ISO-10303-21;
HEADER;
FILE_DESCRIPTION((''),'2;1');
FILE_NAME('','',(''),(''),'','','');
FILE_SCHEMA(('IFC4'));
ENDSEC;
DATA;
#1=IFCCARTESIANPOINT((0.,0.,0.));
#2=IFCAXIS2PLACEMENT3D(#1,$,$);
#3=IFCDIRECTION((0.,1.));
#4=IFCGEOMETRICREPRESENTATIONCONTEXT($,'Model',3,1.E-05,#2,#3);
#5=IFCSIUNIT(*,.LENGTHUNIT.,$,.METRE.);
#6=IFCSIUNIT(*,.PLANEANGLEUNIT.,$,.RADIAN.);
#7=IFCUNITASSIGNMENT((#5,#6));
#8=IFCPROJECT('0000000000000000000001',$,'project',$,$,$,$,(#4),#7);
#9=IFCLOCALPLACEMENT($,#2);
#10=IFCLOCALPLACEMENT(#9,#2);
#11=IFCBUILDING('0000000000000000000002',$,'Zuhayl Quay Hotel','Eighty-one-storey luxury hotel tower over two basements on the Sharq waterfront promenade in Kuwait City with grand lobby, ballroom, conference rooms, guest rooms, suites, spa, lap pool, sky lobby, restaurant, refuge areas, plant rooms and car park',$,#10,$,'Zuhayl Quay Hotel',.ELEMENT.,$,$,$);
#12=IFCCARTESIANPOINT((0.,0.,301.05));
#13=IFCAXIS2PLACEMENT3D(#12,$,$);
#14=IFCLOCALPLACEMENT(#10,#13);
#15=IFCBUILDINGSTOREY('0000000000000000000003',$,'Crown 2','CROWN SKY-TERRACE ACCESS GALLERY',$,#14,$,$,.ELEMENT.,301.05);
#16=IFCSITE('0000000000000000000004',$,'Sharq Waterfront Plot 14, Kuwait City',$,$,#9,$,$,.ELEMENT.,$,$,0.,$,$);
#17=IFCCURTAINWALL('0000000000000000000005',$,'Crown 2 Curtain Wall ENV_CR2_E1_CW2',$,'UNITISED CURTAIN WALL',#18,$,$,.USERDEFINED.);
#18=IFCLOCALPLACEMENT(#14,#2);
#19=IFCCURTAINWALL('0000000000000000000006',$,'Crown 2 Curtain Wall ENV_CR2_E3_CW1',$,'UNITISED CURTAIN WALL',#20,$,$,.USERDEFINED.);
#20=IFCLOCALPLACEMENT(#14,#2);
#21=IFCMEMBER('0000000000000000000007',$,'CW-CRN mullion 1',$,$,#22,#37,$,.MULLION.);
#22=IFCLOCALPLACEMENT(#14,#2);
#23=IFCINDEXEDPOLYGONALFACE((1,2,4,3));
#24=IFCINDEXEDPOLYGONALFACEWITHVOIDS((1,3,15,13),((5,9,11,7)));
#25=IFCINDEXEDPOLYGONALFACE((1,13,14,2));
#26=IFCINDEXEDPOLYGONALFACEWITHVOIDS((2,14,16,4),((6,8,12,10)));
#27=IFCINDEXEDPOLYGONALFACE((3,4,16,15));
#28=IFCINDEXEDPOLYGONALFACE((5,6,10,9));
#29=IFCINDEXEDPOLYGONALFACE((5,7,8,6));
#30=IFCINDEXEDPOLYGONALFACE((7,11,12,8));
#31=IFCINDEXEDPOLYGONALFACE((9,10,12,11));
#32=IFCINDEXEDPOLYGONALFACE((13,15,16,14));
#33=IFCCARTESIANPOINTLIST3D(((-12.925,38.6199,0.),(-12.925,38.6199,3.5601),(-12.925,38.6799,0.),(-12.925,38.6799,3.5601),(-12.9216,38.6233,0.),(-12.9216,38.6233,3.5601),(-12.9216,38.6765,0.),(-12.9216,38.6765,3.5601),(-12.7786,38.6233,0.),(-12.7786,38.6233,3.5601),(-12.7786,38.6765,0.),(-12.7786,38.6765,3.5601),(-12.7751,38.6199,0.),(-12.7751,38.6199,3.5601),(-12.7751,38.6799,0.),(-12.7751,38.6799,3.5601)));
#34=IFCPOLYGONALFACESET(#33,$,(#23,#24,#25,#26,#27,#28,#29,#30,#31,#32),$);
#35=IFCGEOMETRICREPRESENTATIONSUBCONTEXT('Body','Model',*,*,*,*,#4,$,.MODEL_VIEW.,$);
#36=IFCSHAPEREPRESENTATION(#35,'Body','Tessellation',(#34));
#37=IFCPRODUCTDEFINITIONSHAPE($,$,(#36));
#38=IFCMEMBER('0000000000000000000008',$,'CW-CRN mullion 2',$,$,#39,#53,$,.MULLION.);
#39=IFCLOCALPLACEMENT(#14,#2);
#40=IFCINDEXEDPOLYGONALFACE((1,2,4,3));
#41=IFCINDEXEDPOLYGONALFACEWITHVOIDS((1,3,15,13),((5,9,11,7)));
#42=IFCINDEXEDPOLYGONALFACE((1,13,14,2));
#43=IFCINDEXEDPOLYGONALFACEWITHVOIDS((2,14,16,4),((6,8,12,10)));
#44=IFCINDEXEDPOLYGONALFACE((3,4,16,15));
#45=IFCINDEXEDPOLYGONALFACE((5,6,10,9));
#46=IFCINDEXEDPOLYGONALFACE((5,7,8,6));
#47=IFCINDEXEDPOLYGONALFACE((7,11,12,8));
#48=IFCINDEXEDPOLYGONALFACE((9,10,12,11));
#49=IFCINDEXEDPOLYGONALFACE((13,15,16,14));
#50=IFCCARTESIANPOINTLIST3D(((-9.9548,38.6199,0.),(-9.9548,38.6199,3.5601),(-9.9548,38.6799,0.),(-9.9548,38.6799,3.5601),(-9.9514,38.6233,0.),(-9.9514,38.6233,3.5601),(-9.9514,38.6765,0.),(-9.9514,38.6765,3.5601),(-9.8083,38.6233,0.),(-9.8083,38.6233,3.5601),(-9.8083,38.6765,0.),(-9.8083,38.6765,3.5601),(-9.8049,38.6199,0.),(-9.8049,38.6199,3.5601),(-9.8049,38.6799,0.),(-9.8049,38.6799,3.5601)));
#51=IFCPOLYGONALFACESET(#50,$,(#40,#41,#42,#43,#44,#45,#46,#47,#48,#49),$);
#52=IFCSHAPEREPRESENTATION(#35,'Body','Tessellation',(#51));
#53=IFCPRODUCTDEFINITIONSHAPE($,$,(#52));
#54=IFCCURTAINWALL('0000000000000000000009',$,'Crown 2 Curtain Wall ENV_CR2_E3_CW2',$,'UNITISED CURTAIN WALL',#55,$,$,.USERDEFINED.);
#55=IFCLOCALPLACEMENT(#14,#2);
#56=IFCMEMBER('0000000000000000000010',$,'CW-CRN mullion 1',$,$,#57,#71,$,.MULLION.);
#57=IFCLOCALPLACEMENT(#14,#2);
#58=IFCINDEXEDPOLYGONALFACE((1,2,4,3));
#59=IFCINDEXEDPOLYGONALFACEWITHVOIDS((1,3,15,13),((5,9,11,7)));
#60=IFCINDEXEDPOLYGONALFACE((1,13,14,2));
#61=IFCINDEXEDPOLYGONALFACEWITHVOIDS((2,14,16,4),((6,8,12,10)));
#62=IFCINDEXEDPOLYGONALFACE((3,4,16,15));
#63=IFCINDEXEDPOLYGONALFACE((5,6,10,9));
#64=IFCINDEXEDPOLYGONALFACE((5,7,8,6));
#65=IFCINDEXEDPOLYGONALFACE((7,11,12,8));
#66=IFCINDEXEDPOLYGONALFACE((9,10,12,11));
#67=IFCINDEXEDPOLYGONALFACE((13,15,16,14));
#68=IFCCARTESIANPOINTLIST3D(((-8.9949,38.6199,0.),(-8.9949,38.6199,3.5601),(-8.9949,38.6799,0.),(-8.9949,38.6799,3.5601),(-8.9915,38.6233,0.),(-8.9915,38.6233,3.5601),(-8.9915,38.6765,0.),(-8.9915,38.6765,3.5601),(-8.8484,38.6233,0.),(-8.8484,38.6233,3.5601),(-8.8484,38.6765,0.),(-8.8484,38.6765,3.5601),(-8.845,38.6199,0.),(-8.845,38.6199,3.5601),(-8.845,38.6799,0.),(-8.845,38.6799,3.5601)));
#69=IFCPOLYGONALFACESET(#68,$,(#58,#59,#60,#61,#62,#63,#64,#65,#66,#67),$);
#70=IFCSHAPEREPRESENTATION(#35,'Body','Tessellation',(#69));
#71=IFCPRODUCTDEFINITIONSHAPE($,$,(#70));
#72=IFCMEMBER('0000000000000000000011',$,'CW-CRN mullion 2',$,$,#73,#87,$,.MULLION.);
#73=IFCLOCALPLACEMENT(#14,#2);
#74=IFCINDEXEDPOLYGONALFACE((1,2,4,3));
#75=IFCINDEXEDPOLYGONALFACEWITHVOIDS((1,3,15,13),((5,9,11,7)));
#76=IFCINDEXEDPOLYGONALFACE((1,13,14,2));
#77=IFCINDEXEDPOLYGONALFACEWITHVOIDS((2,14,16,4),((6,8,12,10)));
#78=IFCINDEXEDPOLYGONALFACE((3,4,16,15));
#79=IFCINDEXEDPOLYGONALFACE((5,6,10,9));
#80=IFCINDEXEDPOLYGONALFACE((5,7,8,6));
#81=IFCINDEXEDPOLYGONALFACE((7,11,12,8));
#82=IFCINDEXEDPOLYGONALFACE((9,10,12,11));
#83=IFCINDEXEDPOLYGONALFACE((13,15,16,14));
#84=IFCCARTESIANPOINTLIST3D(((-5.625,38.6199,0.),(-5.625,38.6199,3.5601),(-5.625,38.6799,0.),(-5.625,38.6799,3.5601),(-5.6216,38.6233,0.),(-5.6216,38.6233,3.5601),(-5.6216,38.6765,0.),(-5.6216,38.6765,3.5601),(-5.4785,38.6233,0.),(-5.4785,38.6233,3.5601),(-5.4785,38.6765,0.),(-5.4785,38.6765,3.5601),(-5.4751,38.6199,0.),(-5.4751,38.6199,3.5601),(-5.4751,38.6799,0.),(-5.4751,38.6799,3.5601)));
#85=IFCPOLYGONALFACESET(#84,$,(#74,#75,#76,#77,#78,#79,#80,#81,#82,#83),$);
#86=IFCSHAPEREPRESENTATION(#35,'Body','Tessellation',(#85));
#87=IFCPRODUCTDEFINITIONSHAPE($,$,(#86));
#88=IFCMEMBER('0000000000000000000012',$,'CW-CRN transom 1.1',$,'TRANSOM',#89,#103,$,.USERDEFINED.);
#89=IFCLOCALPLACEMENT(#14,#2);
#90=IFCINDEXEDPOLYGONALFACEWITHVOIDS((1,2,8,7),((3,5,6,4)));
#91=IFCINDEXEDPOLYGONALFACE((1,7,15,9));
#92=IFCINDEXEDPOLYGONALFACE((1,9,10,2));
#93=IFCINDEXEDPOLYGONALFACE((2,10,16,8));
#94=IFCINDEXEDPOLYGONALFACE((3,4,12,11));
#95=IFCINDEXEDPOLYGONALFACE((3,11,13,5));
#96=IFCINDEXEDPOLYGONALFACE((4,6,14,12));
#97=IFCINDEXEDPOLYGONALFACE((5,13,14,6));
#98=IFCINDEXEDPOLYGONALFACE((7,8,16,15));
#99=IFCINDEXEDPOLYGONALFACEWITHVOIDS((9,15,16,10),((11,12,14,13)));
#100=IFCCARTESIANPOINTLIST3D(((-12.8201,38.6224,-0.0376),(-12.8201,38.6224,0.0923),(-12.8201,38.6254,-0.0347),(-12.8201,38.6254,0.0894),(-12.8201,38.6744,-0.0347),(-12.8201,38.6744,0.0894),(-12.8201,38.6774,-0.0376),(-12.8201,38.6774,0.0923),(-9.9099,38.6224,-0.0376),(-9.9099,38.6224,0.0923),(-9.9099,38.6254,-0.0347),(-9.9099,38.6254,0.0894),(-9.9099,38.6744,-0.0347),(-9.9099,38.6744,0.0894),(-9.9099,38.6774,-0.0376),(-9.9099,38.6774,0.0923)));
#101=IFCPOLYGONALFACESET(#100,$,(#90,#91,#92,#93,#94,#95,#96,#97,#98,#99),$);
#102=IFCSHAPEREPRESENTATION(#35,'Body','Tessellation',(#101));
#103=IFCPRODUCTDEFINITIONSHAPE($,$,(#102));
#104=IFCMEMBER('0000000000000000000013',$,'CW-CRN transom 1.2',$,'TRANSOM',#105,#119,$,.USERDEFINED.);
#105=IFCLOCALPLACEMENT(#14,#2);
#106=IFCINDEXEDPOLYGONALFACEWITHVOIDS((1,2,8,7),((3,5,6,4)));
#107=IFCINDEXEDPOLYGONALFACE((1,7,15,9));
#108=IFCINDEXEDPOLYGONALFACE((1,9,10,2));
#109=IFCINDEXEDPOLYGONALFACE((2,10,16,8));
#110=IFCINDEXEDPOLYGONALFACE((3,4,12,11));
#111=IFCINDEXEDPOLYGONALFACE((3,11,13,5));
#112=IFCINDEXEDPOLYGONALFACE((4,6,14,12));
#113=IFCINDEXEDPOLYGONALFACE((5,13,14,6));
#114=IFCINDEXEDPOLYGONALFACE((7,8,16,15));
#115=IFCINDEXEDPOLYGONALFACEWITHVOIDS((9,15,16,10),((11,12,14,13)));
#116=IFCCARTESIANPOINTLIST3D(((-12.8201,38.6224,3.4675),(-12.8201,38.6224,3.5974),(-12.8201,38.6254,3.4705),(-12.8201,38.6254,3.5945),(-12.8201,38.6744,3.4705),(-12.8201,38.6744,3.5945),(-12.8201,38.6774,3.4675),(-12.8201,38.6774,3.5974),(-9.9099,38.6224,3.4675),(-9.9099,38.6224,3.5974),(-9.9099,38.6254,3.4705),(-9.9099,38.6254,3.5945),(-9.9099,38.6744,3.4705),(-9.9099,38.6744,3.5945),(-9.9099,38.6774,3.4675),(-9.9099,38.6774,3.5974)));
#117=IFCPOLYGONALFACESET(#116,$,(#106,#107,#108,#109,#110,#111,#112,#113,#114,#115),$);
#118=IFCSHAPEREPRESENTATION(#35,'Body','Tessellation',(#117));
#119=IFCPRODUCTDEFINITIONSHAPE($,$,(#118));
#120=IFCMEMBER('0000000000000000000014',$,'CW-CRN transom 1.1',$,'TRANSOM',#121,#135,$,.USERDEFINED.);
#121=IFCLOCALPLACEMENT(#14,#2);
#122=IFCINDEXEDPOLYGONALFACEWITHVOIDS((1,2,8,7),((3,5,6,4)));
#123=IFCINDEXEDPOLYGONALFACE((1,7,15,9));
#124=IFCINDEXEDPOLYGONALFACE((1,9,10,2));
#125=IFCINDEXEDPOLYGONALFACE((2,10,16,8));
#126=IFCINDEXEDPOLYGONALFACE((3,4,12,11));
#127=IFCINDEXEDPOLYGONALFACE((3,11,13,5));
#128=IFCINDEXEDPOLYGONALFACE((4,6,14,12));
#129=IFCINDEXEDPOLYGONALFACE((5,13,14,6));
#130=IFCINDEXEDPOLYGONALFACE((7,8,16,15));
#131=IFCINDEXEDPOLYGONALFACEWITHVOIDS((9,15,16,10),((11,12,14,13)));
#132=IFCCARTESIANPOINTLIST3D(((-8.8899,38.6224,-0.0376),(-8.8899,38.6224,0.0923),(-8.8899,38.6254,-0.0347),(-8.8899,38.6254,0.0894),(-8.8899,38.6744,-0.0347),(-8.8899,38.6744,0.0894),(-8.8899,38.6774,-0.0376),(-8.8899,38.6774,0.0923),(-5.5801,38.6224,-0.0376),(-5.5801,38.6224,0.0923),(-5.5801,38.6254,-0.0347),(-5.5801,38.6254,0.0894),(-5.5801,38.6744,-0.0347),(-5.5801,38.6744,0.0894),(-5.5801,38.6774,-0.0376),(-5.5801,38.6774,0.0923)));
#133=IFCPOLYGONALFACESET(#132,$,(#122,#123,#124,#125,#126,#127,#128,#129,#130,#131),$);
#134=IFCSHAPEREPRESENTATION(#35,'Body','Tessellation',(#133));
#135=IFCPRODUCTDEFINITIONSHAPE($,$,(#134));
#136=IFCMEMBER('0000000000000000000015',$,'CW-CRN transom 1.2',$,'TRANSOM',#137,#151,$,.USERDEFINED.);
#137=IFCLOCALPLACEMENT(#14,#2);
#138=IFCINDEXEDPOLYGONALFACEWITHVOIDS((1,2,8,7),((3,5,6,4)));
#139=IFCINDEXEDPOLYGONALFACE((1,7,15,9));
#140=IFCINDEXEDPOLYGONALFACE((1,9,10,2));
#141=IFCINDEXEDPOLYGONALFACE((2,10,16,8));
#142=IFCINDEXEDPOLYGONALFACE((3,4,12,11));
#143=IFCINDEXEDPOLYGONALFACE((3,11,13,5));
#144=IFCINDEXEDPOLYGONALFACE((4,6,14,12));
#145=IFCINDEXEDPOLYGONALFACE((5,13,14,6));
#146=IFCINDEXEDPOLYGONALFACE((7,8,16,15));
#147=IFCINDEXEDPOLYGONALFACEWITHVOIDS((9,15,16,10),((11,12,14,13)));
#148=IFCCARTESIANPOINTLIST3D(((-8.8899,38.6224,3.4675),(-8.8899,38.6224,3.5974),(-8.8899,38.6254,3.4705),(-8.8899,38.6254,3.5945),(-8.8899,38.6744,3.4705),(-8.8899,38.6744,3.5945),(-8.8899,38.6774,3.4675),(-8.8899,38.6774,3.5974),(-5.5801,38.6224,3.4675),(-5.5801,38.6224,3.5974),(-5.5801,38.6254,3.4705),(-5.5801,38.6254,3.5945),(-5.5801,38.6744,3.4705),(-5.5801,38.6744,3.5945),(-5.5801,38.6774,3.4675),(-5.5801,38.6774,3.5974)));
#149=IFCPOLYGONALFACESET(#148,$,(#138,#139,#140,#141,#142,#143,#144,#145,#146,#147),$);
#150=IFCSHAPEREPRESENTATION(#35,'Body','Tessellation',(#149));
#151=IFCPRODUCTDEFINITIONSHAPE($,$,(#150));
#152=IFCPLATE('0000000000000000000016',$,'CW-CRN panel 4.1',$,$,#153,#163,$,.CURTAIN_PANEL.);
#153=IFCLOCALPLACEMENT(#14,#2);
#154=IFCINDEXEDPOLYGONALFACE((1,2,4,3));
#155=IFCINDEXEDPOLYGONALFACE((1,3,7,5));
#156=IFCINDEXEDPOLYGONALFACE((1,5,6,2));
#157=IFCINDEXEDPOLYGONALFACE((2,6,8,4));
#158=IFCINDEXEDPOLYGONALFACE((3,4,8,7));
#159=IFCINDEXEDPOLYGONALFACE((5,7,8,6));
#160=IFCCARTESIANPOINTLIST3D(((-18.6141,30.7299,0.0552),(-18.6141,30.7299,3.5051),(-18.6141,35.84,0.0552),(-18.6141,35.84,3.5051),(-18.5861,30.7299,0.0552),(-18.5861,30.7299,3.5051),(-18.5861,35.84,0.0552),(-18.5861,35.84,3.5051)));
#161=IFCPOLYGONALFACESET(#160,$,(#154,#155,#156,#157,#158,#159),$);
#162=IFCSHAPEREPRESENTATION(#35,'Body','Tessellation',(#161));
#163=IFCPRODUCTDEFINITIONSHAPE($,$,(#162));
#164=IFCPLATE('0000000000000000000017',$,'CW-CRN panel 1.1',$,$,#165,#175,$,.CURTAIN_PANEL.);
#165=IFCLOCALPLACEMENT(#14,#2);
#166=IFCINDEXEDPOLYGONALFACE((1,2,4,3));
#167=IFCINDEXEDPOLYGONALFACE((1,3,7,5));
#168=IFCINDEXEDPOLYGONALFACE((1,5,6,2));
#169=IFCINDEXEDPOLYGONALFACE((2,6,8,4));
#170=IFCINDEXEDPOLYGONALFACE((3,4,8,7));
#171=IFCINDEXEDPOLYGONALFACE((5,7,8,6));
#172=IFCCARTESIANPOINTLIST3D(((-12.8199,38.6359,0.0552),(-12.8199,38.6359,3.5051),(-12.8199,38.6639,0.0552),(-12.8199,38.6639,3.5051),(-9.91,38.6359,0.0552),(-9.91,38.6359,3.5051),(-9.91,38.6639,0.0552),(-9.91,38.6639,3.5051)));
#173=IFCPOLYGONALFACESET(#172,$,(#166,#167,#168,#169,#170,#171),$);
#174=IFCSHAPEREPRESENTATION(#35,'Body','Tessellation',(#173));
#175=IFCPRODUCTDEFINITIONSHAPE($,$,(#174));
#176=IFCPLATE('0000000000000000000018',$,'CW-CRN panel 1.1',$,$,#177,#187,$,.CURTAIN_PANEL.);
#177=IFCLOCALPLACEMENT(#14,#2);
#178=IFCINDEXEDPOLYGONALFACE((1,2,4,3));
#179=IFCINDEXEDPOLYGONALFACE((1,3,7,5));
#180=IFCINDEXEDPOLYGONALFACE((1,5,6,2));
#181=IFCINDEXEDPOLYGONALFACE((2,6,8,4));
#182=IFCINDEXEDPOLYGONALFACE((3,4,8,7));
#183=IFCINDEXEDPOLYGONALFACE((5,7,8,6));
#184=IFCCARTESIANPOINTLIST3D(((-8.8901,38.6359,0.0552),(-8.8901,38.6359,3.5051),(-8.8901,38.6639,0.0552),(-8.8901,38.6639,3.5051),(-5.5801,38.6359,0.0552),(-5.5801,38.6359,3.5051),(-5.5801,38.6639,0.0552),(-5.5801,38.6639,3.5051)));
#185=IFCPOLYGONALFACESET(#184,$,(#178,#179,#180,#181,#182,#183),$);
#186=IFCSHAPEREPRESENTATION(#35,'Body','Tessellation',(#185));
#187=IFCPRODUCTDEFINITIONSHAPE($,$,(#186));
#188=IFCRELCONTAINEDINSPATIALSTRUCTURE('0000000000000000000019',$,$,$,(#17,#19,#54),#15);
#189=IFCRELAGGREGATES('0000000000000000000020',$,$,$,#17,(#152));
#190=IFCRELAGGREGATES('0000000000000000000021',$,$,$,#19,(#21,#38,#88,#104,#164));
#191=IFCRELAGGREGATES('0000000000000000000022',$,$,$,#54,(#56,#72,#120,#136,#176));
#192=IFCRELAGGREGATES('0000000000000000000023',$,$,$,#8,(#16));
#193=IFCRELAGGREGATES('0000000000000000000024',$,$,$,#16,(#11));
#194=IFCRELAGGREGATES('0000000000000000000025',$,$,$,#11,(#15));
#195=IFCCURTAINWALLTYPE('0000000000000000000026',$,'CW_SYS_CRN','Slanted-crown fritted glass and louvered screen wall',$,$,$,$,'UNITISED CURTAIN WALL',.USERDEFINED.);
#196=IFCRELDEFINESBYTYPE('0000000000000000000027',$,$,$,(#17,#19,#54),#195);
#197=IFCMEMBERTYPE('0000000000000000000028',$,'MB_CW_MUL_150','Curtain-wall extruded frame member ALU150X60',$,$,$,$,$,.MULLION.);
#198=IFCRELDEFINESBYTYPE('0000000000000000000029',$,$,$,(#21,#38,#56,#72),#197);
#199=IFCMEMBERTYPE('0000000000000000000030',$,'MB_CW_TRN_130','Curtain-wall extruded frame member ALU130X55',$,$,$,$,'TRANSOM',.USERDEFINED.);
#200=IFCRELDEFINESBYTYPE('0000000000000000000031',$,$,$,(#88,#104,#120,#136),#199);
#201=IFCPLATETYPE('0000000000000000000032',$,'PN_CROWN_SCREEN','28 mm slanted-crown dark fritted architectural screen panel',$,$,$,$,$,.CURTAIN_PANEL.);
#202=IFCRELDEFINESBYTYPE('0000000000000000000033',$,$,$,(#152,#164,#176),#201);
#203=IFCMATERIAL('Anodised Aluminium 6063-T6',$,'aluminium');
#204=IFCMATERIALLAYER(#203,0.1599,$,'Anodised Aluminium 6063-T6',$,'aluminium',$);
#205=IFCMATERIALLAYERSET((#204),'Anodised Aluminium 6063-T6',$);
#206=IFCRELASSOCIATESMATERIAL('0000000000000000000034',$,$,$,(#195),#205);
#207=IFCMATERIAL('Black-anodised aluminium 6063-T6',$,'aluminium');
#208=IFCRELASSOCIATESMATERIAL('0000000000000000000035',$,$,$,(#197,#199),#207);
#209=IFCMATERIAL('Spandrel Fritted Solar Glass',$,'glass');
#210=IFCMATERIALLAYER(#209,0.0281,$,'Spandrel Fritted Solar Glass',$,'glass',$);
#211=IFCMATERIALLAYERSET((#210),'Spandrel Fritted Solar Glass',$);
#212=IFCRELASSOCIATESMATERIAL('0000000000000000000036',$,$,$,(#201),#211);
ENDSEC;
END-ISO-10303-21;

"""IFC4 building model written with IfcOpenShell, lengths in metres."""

from ifc_helpers import new_model, si_unit, direction, frame, origin, origin_2d, place, context, subcontext, project, spatial, rectangle, hollow_rectangle, extrude, material, layer, layer_set, material_profile, profile_set, type_object, element, aggregate, save


model = new_model("IFC4")

# Units and contexts
model_context = context("Model", 3, precision=1e-05, world=origin(), true_north=direction((0.0, 1.0)))
body_context = subcontext(model_context, "Body", "Model", "MODEL_VIEW")
ifc_project = project(units=[si_unit("LENGTHUNIT", "METRE"), si_unit("PLANEANGLEUNIT", "RADIAN")], contexts=[model_context])

# Site, building, storey
site_placement = place(None, origin())
site = spatial("IfcSite", under=ifc_project, at=site_placement, Name="Sharq Waterfront Plot 14, Kuwait City", CompositionType="ELEMENT", RefElevation=0.0)
building_placement = place(site_placement, origin())
building = spatial("IfcBuilding", under=site, at=building_placement, Name="Zuhayl Quay Hotel", Description="Eighty-one-storey luxury hotel tower over two basements on the Sharq waterfront promenade in Kuwait City with grand lobby, ballroom, conference rooms, guest rooms, suites, spa, lap pool, sky lobby, restaurant, refuge areas, plant rooms and car park", LongName="Zuhayl Quay Hotel", CompositionType="ELEMENT")
storey_placement = place(building_placement, frame((0.0, 0.0, 301.05)))
storey = spatial("IfcBuildingStorey", under=building, at=storey_placement, Name="Crown 2", Description="CROWN SKY-TERRACE ACCESS GALLERY", CompositionType="ELEMENT", Elevation=301.05)

# Curtain wall
ifc_material_1 = material(Name="Anodised Aluminium 6063-T6", Category="aluminium")
ifc_layer_1 = layer(ifc_material_1, 0.1599, Name="Anodised Aluminium 6063-T6", Category="aluminium")
ifc_layer_set_1 = layer_set([ifc_layer_1], Name="Anodised Aluminium 6063-T6")
curtain_wall_type = type_object("IfcCurtainWallType", Name="CW_SYS_CRN", Description="Slanted-crown fritted glass and louvered screen wall", ElementType="UNITISED CURTAIN WALL", PredefinedType="USERDEFINED", material=ifc_layer_set_1)
curtain_wall_1_placement = place(storey_placement, origin())
curtain_wall_1 = element("IfcCurtainWall", 1, at=curtain_wall_1_placement, inside=storey, type_object=curtain_wall_type, Name="Crown 2 Curtain Wall ENV_CR2_E1_CW2", ObjectType="UNITISED CURTAIN WALL", PredefinedType="USERDEFINED")
ifc_material_2 = material(Name="Black-anodised aluminium 6063-T6", Category="aluminium")
ifc_material_profile_1 = material_profile(ifc_material_2, hollow_rectangle(XDim=0.0601, YDim=0.1499, WallThickness=0.0034, at=origin_2d()), Name="ALU150X60")
ifc_profile_set_1 = profile_set([ifc_material_profile_1], Name="Black-anodised aluminium 6063-T6")
member_type_1 = type_object("IfcMemberType", Name="MB_CW_MUL_150", Description="Curtain-wall extruded frame member ALU150X60", PredefinedType="MULLION", material=ifc_profile_set_1)

# Curtain walls, members
curtain_wall_2_placement = place(storey_placement, origin())
curtain_wall_2 = element("IfcCurtainWall", 2, at=curtain_wall_2_placement, inside=storey, type_object=curtain_wall_type, Name="Crown 2 Curtain Wall ENV_CR2_E3_CW1", ObjectType="UNITISED CURTAIN WALL", PredefinedType="USERDEFINED")
member_1_placement = place(storey_placement, frame((-12.8501, 38.6499, 0.0), z_axis=(0.0, 0.0, 1.0), x_axis=(0.0, 1.0, 0.0)))
member_1 = element("IfcMember", 3, at=member_1_placement, type_object=member_type_1, Name="CW-CRN mullion 1", PredefinedType="MULLION", context=body_context, shape_type="SweptSolid", body=[
    extrude(hollow_rectangle(XDim=0.0601, YDim=0.1499, WallThickness=0.0034, at=origin_2d()), origin(), (0.0, 0.0, 1.0), 3.5601),
])
member_2_placement = place(storey_placement, frame((-9.8799, 38.6499, 0.0), z_axis=(0.0, 0.0, 1.0), x_axis=(0.0, 1.0, 0.0)))
member_2 = element("IfcMember", 4, at=member_2_placement, type_object=member_type_1, Name="CW-CRN mullion 2", PredefinedType="MULLION", context=body_context, shape_type="SweptSolid", body=[
    extrude(hollow_rectangle(XDim=0.0601, YDim=0.1499, WallThickness=0.0034, at=origin_2d()), origin(), (0.0, 0.0, 1.0), 3.5601),
])
curtain_wall_3_placement = place(storey_placement, origin())
curtain_wall_3 = element("IfcCurtainWall", 5, at=curtain_wall_3_placement, inside=storey, type_object=curtain_wall_type, Name="Crown 2 Curtain Wall ENV_CR2_E3_CW2", ObjectType="UNITISED CURTAIN WALL", PredefinedType="USERDEFINED")
member_3_placement = place(storey_placement, frame((-8.9199, 38.6499, 0.0), z_axis=(0.0, 0.0, 1.0), x_axis=(0.0, 1.0, 0.0)))
member_3 = element("IfcMember", 6, at=member_3_placement, type_object=member_type_1, Name="CW-CRN mullion 1", PredefinedType="MULLION", context=body_context, shape_type="SweptSolid", body=[
    extrude(hollow_rectangle(XDim=0.0601, YDim=0.1499, WallThickness=0.0034, at=origin_2d()), origin(), (0.0, 0.0, 1.0), 3.5601),
])
member_4_placement = place(storey_placement, frame((-5.55, 38.6499, 0.0), z_axis=(0.0, 0.0, 1.0), x_axis=(0.0, 1.0, 0.0)))
member_4 = element("IfcMember", 7, at=member_4_placement, type_object=member_type_1, Name="CW-CRN mullion 2", PredefinedType="MULLION", context=body_context, shape_type="SweptSolid", body=[
    extrude(hollow_rectangle(XDim=0.0601, YDim=0.1499, WallThickness=0.0034, at=origin_2d()), origin(), (0.0, 0.0, 1.0), 3.5601),
])

# Members
ifc_material_profile_2 = material_profile(ifc_material_2, hollow_rectangle(XDim=0.0549, YDim=0.1299, WallThickness=0.0029, at=origin_2d()), Name="ALU130X55")
ifc_profile_set_2 = profile_set([ifc_material_profile_2], Name="Black-anodised aluminium 6063-T6")
member_type_2 = type_object("IfcMemberType", Name="MB_CW_TRN_130", Description="Curtain-wall extruded frame member ALU130X55", ElementType="TRANSOM", PredefinedType="USERDEFINED", material=ifc_profile_set_2)
member_5_placement = place(storey_placement, frame((-12.8201, 38.6499, 0.0273), z_axis=(1.0, 0.0, 0.0), x_axis=(0.0, 1.0, 0.0)))
member_5 = element("IfcMember", 8, at=member_5_placement, type_object=member_type_2, Name="CW-CRN transom 1.1", ObjectType="TRANSOM", PredefinedType="USERDEFINED", context=body_context, shape_type="SweptSolid", body=[
    extrude(hollow_rectangle(XDim=0.0549, YDim=0.1299, WallThickness=0.0029, at=origin_2d()), origin(), (0.0, 0.0, 1.0), 2.9102),
])
member_6_placement = place(storey_placement, frame((-12.8201, 38.6499, 3.5325), z_axis=(1.0, 0.0, 0.0), x_axis=(0.0, 1.0, 0.0)))
member_6 = element("IfcMember", 9, at=member_6_placement, type_object=member_type_2, Name="CW-CRN transom 1.2", ObjectType="TRANSOM", PredefinedType="USERDEFINED", context=body_context, shape_type="SweptSolid", body=[
    extrude(hollow_rectangle(XDim=0.0549, YDim=0.1299, WallThickness=0.0029, at=origin_2d()), origin(), (0.0, 0.0, 1.0), 2.9102),
])
member_7_placement = place(storey_placement, frame((-8.8899, 38.6499, 0.0273), z_axis=(1.0, 0.0, 0.0), x_axis=(0.0, 1.0, 0.0)))
member_7 = element("IfcMember", 10, at=member_7_placement, type_object=member_type_2, Name="CW-CRN transom 1.1", ObjectType="TRANSOM", PredefinedType="USERDEFINED", context=body_context, shape_type="SweptSolid", body=[
    extrude(hollow_rectangle(XDim=0.0549, YDim=0.1299, WallThickness=0.0029, at=origin_2d()), origin(), (0.0, 0.0, 1.0), 3.3098),
])
member_8_placement = place(storey_placement, frame((-8.8899, 38.6499, 3.5325), z_axis=(1.0, 0.0, 0.0), x_axis=(0.0, 1.0, 0.0)))
member_8 = element("IfcMember", 11, at=member_8_placement, type_object=member_type_2, Name="CW-CRN transom 1.2", ObjectType="TRANSOM", PredefinedType="USERDEFINED", context=body_context, shape_type="SweptSolid", body=[
    extrude(hollow_rectangle(XDim=0.0549, YDim=0.1299, WallThickness=0.0029, at=origin_2d()), origin(), (0.0, 0.0, 1.0), 3.3098),
])

# Plates
ifc_material_3 = material(Name="Spandrel Fritted Solar Glass", Category="glass")
ifc_layer_2 = layer(ifc_material_3, 0.0281, Name="Spandrel Fritted Solar Glass", Category="glass")
ifc_layer_set_2 = layer_set([ifc_layer_2], Name="Spandrel Fritted Solar Glass")
plate_type_1 = type_object("IfcPlateType", Name="PN_CROWN_SCREEN", Description="28 mm slanted-crown dark fritted architectural screen panel", PredefinedType="CURTAIN_PANEL", material=ifc_layer_set_2)
plate_1_placement = place(storey_placement, frame((-18.6001, 33.2849, 0.0552), z_axis=(0.0, 0.0, 1.0), x_axis=(0.0, 1.0, 0.0)))
plate_1 = element("IfcPlate", 12, at=plate_1_placement, type_object=plate_type_1, Name="CW-CRN panel 4.1", PredefinedType="CURTAIN_PANEL", context=body_context, shape_type="SweptSolid", body=[
    extrude(rectangle(XDim=5.1101, YDim=0.0281, at=origin_2d()), origin(), (0.0, 0.0, 1.0), 3.45),
])
aggregate(curtain_wall_1, [plate_1])
plate_2_placement = place(storey_placement, frame((-11.365, 38.6499, 0.0552), z_axis=(0.0, 0.0, 1.0), x_axis=(1.0, 0.0, 0.0)))
plate_2 = element("IfcPlate", 13, at=plate_2_placement, type_object=plate_type_1, Name="CW-CRN panel 1.1", PredefinedType="CURTAIN_PANEL", context=body_context, shape_type="SweptSolid", body=[
    extrude(rectangle(XDim=2.9099, YDim=0.0281, at=origin_2d()), origin(), (0.0, 0.0, 1.0), 3.45),
])
aggregate(curtain_wall_2, [member_1, member_2, member_5, member_6, plate_2])
plate_3_placement = place(storey_placement, frame((-7.2351, 38.6499, 0.0552), z_axis=(0.0, 0.0, 1.0), x_axis=(1.0, 0.0, 0.0)))
plate_3 = element("IfcPlate", 14, at=plate_3_placement, type_object=plate_type_1, Name="CW-CRN panel 1.1", PredefinedType="CURTAIN_PANEL", context=body_context, shape_type="SweptSolid", body=[
    extrude(rectangle(XDim=3.3101, YDim=0.0281, at=origin_2d()), origin(), (0.0, 0.0, 1.0), 3.45),
])
aggregate(curtain_wall_3, [member_3, member_4, member_7, member_8, plate_3])

save(model, "model.ifc")
